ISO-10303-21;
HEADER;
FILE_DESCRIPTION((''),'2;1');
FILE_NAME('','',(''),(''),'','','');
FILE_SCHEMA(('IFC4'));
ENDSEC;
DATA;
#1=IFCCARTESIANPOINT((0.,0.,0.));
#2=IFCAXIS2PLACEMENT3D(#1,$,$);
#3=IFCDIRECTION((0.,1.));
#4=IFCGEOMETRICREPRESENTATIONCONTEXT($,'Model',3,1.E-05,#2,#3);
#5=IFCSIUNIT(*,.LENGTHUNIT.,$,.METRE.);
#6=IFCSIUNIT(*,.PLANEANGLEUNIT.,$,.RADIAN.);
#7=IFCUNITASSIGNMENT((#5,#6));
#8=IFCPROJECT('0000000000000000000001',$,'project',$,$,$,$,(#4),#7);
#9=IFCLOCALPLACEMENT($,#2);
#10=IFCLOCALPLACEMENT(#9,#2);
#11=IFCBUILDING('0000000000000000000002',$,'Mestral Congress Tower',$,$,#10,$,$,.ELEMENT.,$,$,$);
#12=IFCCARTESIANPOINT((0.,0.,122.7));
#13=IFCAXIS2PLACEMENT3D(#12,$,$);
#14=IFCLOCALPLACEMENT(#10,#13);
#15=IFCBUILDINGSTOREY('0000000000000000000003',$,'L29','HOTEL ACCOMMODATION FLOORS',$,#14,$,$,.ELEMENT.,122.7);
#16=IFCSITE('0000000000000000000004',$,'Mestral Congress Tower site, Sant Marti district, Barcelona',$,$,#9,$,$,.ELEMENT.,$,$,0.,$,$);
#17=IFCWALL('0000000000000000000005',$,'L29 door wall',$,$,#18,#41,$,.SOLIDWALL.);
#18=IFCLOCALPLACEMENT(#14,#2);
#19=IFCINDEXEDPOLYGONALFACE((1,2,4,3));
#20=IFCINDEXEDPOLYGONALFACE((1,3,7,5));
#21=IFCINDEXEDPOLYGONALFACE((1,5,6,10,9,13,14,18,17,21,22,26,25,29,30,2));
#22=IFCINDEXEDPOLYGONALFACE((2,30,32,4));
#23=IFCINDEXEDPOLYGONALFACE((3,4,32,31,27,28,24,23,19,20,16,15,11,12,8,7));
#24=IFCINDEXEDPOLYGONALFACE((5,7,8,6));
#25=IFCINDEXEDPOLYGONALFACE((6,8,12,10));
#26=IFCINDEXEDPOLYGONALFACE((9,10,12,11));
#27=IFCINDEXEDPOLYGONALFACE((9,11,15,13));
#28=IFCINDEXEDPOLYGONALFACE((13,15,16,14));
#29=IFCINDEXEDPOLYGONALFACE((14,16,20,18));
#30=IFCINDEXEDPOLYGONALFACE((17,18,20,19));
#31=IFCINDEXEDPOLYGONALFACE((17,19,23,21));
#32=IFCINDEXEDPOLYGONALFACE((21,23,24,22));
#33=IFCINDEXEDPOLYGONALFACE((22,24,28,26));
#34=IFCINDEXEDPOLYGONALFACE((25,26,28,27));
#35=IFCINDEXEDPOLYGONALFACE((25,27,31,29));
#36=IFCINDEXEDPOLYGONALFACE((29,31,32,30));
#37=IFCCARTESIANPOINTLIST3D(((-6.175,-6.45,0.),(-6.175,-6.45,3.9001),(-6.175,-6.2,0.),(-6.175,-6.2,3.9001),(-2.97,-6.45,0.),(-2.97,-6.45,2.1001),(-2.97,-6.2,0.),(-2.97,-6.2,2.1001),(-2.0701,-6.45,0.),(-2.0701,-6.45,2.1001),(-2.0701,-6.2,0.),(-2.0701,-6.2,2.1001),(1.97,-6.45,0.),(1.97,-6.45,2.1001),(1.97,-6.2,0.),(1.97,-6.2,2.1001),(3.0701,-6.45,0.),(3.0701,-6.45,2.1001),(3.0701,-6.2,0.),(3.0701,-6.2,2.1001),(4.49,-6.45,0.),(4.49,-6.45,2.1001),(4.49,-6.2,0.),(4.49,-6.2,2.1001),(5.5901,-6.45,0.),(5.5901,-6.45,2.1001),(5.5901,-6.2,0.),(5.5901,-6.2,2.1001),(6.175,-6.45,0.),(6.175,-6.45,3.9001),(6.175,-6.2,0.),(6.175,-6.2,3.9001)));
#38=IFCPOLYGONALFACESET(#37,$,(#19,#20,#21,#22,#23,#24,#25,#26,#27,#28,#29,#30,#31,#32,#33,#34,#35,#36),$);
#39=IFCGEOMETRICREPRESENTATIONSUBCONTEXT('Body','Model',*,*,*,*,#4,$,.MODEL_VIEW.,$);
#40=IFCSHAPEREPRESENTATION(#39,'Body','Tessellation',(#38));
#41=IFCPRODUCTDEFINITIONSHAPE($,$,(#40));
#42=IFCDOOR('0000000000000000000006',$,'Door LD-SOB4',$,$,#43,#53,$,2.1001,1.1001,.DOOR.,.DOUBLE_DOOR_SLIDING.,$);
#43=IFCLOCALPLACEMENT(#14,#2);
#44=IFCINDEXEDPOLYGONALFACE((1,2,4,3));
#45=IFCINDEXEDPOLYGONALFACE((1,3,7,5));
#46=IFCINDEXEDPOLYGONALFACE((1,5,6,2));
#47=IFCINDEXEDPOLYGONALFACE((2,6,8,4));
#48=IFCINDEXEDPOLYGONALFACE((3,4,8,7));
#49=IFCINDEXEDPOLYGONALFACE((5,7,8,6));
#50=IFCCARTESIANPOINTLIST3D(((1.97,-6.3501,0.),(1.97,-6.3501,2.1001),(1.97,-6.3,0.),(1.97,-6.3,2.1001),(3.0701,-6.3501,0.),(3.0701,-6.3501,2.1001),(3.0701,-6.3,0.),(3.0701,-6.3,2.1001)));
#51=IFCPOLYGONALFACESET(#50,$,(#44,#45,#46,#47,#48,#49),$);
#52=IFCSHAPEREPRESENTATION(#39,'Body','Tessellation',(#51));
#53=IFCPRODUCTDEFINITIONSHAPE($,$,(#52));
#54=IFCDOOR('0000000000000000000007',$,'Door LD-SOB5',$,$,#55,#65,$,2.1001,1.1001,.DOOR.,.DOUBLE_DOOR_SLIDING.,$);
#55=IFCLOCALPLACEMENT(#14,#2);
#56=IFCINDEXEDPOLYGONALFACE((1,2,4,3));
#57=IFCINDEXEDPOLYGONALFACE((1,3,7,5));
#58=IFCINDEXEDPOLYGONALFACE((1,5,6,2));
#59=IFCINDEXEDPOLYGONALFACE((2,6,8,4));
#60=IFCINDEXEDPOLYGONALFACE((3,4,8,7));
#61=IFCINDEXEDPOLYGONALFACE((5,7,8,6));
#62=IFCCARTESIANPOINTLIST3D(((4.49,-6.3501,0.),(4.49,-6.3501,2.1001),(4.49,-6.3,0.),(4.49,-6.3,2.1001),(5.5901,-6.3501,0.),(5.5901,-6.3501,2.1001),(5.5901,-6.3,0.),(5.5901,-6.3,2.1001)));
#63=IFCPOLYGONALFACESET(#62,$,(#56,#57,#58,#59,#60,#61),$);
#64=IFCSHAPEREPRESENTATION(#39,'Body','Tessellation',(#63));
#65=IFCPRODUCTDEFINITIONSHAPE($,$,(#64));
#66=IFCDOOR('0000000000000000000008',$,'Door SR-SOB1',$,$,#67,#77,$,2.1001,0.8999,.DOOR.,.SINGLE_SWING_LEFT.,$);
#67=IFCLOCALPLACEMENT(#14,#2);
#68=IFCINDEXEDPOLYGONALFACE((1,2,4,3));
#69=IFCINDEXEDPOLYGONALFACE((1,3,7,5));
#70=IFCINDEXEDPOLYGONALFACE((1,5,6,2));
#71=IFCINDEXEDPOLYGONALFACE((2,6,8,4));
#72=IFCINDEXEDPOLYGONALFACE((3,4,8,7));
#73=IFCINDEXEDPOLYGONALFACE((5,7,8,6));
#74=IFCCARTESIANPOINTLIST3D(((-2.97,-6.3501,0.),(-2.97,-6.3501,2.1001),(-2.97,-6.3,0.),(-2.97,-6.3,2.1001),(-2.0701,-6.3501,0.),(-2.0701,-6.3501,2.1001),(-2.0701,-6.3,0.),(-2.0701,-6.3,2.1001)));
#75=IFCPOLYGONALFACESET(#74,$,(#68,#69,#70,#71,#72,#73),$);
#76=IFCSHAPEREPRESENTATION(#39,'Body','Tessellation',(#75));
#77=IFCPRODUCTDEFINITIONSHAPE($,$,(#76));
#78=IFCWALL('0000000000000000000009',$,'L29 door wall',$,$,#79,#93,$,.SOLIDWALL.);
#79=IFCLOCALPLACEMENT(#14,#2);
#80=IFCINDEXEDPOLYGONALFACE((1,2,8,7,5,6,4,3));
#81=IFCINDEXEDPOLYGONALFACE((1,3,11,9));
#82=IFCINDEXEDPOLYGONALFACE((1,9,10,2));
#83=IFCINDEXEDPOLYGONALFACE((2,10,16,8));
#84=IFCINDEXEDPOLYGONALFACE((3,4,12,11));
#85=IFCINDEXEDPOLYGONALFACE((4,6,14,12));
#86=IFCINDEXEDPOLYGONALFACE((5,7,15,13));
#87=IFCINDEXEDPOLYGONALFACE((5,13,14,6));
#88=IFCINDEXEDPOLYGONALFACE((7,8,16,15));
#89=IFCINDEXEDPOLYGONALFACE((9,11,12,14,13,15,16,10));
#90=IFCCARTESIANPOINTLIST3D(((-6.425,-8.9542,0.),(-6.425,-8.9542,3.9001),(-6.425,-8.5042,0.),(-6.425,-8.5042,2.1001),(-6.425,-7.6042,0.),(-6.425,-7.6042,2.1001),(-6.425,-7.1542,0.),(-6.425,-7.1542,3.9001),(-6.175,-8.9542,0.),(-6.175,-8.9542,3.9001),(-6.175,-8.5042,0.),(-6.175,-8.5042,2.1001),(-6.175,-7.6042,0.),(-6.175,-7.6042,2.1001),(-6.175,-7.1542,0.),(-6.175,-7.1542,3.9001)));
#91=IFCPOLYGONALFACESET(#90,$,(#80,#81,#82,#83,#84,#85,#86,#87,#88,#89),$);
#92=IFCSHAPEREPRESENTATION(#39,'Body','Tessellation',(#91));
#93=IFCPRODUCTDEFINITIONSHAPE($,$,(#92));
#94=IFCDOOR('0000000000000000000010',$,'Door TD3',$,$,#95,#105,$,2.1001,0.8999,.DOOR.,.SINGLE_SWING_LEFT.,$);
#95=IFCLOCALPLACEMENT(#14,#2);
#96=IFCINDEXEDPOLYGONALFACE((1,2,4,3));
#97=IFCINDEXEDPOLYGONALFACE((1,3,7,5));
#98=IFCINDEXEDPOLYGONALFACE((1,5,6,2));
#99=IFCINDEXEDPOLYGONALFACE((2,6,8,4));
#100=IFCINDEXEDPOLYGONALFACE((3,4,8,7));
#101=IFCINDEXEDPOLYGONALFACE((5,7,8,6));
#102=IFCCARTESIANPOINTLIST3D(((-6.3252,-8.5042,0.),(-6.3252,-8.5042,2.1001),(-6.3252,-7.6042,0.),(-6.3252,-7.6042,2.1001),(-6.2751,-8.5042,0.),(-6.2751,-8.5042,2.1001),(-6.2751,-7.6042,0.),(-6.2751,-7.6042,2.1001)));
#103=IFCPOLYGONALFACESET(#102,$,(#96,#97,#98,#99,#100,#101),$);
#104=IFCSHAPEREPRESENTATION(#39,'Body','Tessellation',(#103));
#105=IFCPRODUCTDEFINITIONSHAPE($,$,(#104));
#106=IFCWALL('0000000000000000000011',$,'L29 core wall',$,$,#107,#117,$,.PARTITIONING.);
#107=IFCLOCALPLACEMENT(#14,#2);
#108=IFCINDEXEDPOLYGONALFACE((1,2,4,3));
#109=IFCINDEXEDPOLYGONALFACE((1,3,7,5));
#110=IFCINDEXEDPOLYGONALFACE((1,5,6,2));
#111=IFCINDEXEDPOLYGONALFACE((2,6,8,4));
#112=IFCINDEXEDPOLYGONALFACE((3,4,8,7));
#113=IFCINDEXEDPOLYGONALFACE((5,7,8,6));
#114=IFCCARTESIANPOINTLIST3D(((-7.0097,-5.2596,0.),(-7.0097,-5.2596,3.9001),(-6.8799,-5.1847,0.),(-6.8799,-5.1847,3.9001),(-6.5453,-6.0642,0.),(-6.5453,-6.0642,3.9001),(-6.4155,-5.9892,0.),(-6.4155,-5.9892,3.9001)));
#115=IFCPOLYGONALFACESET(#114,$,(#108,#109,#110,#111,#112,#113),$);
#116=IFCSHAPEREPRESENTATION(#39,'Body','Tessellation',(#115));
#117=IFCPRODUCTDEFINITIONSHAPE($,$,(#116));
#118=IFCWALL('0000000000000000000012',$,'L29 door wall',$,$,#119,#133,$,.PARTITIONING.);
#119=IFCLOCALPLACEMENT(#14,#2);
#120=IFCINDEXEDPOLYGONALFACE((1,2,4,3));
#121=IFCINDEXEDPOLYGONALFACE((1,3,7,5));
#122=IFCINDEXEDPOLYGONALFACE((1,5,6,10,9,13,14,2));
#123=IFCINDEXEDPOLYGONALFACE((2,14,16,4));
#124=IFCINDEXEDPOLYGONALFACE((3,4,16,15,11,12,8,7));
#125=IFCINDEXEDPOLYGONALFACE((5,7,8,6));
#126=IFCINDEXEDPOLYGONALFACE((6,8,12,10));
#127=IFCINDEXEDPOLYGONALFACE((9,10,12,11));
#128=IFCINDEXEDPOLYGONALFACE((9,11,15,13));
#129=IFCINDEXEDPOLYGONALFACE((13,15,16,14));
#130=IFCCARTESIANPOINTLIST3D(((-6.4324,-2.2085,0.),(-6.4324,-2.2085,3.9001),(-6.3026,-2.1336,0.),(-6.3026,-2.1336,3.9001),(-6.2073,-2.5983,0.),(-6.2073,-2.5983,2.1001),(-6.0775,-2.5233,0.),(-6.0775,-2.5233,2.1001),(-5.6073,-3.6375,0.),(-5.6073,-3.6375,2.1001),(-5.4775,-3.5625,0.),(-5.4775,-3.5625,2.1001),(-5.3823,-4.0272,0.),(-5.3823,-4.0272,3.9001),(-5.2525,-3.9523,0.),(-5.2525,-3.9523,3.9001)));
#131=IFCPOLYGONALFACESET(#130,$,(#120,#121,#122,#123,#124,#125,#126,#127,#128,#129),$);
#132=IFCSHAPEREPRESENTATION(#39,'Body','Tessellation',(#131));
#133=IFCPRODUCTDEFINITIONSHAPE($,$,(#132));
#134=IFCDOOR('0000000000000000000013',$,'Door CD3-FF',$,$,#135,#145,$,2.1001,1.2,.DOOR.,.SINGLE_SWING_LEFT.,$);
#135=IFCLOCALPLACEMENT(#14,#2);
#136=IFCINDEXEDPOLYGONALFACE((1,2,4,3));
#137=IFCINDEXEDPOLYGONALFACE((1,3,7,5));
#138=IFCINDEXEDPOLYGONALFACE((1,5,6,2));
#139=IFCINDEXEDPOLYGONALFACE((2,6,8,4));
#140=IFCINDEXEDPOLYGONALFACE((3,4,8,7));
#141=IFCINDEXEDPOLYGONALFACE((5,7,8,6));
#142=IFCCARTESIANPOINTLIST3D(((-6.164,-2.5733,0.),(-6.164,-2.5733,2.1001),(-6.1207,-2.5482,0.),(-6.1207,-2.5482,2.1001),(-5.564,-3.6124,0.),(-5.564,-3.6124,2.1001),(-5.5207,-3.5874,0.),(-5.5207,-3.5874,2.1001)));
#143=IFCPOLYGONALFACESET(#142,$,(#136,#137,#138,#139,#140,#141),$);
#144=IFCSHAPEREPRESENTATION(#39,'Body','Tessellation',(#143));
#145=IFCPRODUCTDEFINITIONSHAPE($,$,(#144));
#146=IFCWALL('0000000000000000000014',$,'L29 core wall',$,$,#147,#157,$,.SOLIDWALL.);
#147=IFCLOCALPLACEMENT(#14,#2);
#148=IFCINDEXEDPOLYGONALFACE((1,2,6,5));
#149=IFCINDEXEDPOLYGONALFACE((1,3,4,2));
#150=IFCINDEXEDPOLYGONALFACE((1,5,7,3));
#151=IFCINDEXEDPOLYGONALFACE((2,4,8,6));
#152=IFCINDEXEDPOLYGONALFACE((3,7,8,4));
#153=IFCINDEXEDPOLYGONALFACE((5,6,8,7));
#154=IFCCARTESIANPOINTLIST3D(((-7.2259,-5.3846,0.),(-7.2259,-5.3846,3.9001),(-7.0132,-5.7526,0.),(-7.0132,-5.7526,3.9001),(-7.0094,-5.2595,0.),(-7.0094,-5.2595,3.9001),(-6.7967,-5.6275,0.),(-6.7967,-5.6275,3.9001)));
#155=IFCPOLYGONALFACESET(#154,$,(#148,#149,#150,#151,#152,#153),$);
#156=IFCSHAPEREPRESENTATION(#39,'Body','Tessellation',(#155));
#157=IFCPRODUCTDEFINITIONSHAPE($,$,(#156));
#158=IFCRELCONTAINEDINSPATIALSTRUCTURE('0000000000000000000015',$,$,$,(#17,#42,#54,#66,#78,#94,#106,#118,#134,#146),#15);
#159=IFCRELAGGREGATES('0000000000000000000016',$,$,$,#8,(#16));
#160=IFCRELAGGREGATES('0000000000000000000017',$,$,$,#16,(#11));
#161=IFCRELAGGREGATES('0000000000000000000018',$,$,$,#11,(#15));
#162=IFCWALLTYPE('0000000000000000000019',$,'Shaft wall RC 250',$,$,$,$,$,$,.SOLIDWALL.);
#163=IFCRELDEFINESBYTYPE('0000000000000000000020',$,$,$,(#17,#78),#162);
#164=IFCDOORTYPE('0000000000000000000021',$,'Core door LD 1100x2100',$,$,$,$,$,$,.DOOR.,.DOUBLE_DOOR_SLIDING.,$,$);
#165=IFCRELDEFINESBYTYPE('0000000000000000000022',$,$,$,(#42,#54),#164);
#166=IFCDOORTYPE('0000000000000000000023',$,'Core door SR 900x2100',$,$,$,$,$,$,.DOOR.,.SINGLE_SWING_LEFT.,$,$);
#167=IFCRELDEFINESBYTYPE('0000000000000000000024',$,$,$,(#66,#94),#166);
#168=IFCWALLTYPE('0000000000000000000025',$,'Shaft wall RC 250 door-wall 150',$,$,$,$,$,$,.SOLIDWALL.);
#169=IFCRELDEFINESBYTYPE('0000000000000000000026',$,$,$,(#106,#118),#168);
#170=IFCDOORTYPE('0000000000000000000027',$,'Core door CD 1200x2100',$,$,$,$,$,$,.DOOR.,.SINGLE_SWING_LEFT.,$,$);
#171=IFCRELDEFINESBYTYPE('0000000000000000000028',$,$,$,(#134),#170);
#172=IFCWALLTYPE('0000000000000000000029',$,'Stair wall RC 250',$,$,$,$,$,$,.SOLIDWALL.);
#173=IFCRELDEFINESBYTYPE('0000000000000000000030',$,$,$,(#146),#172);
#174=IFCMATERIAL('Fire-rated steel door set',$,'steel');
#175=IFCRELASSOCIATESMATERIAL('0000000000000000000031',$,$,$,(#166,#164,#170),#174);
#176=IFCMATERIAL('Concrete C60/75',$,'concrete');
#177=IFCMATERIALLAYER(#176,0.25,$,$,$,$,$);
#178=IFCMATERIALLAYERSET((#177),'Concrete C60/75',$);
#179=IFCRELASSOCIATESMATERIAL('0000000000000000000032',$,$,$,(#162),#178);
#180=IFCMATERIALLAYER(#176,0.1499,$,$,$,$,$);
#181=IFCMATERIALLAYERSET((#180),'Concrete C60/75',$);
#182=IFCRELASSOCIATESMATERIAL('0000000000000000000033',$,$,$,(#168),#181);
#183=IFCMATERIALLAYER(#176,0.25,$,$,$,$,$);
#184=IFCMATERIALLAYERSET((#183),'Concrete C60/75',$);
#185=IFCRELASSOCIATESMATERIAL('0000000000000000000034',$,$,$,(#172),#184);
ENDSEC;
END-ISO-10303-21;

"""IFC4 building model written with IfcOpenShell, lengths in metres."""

from ifc_helpers import new_model, si_unit, direction, frame, frame_2d, origin, place, context, subcontext, project, spatial, rectangle, extrude, material, layer, layer_set, type_object, element, fill, save


model = new_model("IFC4")

# Units and contexts
model_context = context("Model", 3, precision=1e-05, world=origin(), true_north=direction((0.0, 1.0)))
body_context = subcontext(model_context, "Body", "Model", "MODEL_VIEW")
ifc_project = project(units=[si_unit("LENGTHUNIT", "METRE"), si_unit("PLANEANGLEUNIT", "RADIAN")], contexts=[model_context])

# Site, building, storey
site_placement = place(None, origin())
site = spatial("IfcSite", under=ifc_project, at=site_placement, Name="Mestral Congress Tower site, Sant Marti district, Barcelona", CompositionType="ELEMENT", RefElevation=0.0)
building_placement = place(site_placement, origin())
building = spatial("IfcBuilding", under=site, at=building_placement, Name="Mestral Congress Tower", CompositionType="ELEMENT")
storey_placement = place(building_placement, frame((0.0, 0.0, 122.7)))
storey = spatial("IfcBuildingStorey", under=building, at=storey_placement, Name="L29", Description="HOTEL ACCOMMODATION FLOORS", CompositionType="ELEMENT", Elevation=122.7)

# Shared definitions
ifc_material_1 = material(Name="Fire-rated steel door set", Category="steel")
door_type_1 = type_object("IfcDoorType", Name="Core door SR 900x2100", OperationType="SINGLE_SWING_LEFT", PredefinedType="DOOR", material=ifc_material_1)

# Shared definitions
ifc_material_2 = material(Name="Concrete C60/75", Category="concrete")
ifc_layer_1 = layer(ifc_material_2, 0.25)
ifc_layer_set_1 = layer_set([ifc_layer_1], Name="Concrete C60/75")
wall_type_1 = type_object("IfcWallType", Name="Shaft wall RC 250", PredefinedType="SOLIDWALL", material=ifc_layer_set_1)

# Wall, openings, doors
door_type_2 = type_object("IfcDoorType", Name="Core door LD 1100x2100", OperationType="DOUBLE_DOOR_SLIDING", PredefinedType="DOOR", material=ifc_material_1)
wall_1_placement = place(storey_placement, frame((-6.175, -6.325, 0.0), z_axis=(0.0, 0.0, 1.0), x_axis=(1.0, 0.0, 0.0)))
wall_1 = element("IfcWall", 1, at=wall_1_placement, inside=storey, type_object=wall_type_1, Name="L29 door wall", PredefinedType="SOLIDWALL", context=body_context, shape_type="SweptSolid", body=[
    extrude(rectangle(XDim=12.3501, YDim=0.25, at=frame_2d((6.175, 0.0))), origin(), (0.0, 0.0, 1.0), 3.9001),
])
opening_1_placement = place(wall_1_placement, frame((3.2051, 0.0, 0.0)))
opening_1 = element("IfcOpeningElement", 2, at=opening_1_placement, cuts=wall_1, PredefinedType="OPENING", context=body_context, shape_type="SweptSolid", body=[
    extrude(rectangle(XDim=0.8999, YDim=2.1001, at=frame_2d((0.45, 1.05))), frame((0.0, 0.135, 0.0), z_axis=(0.0, -1.0, 0.0), x_axis=(1.0, 0.0, 0.0)), (0.0, 0.0, 1.0), 0.27),
])
opening_2_placement = place(wall_1_placement, frame((8.145, 0.0, 0.0)))
opening_2 = element("IfcOpeningElement", 3, at=opening_2_placement, cuts=wall_1, PredefinedType="OPENING", context=body_context, shape_type="SweptSolid", body=[
    extrude(rectangle(XDim=1.1001, YDim=2.1001, at=frame_2d((0.55, 1.05))), frame((0.0, 0.135, 0.0), z_axis=(0.0, -1.0, 0.0), x_axis=(1.0, 0.0, 0.0)), (0.0, 0.0, 1.0), 0.27),
])
opening_3_placement = place(wall_1_placement, frame((10.665, 0.0, 0.0)))
opening_3 = element("IfcOpeningElement", 4, at=opening_3_placement, cuts=wall_1, PredefinedType="OPENING", context=body_context, shape_type="SweptSolid", body=[
    extrude(rectangle(XDim=1.1001, YDim=2.1001, at=frame_2d((0.55, 1.05))), frame((0.0, 0.135, 0.0), z_axis=(0.0, -1.0, 0.0), x_axis=(1.0, 0.0, 0.0)), (0.0, 0.0, 1.0), 0.27),
])
door_1_placement = place(opening_2_placement, origin())
door_1 = element("IfcDoor", 5, at=door_1_placement, inside=storey, type_object=door_type_2, Name="Door LD-SOB4", OperationType="DOUBLE_DOOR_SLIDING", OverallHeight=2.1001, OverallWidth=1.1001, PredefinedType="DOOR", context=body_context, shape_type="SweptSolid", body=[
    extrude(rectangle(XDim=1.1001, YDim=2.1001, at=frame_2d((0.55, 1.05))), frame((0.0, 0.0249, 0.0), z_axis=(0.0, -1.0, 0.0), x_axis=(1.0, 0.0, 0.0)), (0.0, 0.0, 1.0), 0.05),
])
fill(opening_2, door_1)
door_2_placement = place(opening_3_placement, origin())
door_2 = element("IfcDoor", 6, at=door_2_placement, inside=storey, type_object=door_type_2, Name="Door LD-SOB5", OperationType="DOUBLE_DOOR_SLIDING", OverallHeight=2.1001, OverallWidth=1.1001, PredefinedType="DOOR", context=body_context, shape_type="SweptSolid", body=[
    extrude(rectangle(XDim=1.1001, YDim=2.1001, at=frame_2d((0.55, 1.05))), frame((0.0, 0.0249, 0.0), z_axis=(0.0, -1.0, 0.0), x_axis=(1.0, 0.0, 0.0)), (0.0, 0.0, 1.0), 0.05),
])
fill(opening_3, door_2)
door_3_placement = place(opening_1_placement, origin())
door_3 = element("IfcDoor", 7, at=door_3_placement, inside=storey, type_object=door_type_1, Name="Door SR-SOB1", OperationType="SINGLE_SWING_LEFT", OverallHeight=2.1001, OverallWidth=0.8999, PredefinedType="DOOR", context=body_context, shape_type="SweptSolid", body=[
    extrude(rectangle(XDim=0.8999, YDim=2.1001, at=frame_2d((0.45, 1.05))), frame((0.0, 0.0249, 0.0), z_axis=(0.0, -1.0, 0.0), x_axis=(1.0, 0.0, 0.0)), (0.0, 0.0, 1.0), 0.05),
])
fill(opening_1, door_3)

# Wall, opening, door
wall_2_placement = place(storey_placement, frame((-6.3, -7.1543, 0.0), z_axis=(0.0, 0.0, 1.0), x_axis=(0.0, -1.0, 0.0)))
wall_2 = element("IfcWall", 8, at=wall_2_placement, inside=storey, type_object=wall_type_1, Name="L29 door wall", PredefinedType="SOLIDWALL", context=body_context, shape_type="SweptSolid", body=[
    extrude(rectangle(XDim=1.8, YDim=0.25, at=frame_2d((0.8999, 0.0))), origin(), (0.0, 0.0, 1.0), 3.9001),
])
opening_4_placement = place(wall_2_placement, frame((0.45, 0.0, 0.0)))
opening_4 = element("IfcOpeningElement", 9, at=opening_4_placement, cuts=wall_2, PredefinedType="OPENING", context=body_context, shape_type="SweptSolid", body=[
    extrude(rectangle(XDim=0.8999, YDim=2.1001, at=frame_2d((0.45, 1.05))), frame((0.0, 0.135, 0.0), z_axis=(0.0, -1.0, 0.0), x_axis=(1.0, 0.0, 0.0)), (0.0, 0.0, 1.0), 0.27),
])
door_4_placement = place(opening_4_placement, origin())
door_4 = element("IfcDoor", 10, at=door_4_placement, inside=storey, type_object=door_type_1, Name="Door TD3", OperationType="SINGLE_SWING_LEFT", OverallHeight=2.1001, OverallWidth=0.8999, PredefinedType="DOOR", context=body_context, shape_type="SweptSolid", body=[
    extrude(rectangle(XDim=0.8999, YDim=2.1001, at=frame_2d((0.45, 1.05))), frame((0.0, 0.0249, 0.0), z_axis=(0.0, -1.0, 0.0), x_axis=(1.0, 0.0, 0.0)), (0.0, 0.0, 1.0), 0.05),
])
fill(opening_4, door_4)

# Wall
ifc_layer_2 = layer(ifc_material_2, 0.1499)
ifc_layer_set_2 = layer_set([ifc_layer_2], Name="Concrete C60/75")
wall_type_2 = type_object("IfcWallType", Name="Shaft wall RC 250 door-wall 150", PredefinedType="SOLIDWALL", material=ifc_layer_set_2)
wall_3_placement = place(storey_placement, frame((-6.4805, -6.0266, 0.0), z_axis=(0.0, 0.0, 1.0), x_axis=(-0.499927, 0.866067, 0.0)))
element("IfcWall", 11, at=wall_3_placement, inside=storey, type_object=wall_type_2, Name="L29 core wall", PredefinedType="PARTITIONING", context=body_context, shape_type="SweptSolid", body=[
    extrude(rectangle(XDim=0.929, YDim=0.1499, at=frame_2d((0.4644, 0.0))), origin(), (0.0, 0.0, 1.0), 3.9001),
])

# Wall, opening, door
wall_4_placement = place(storey_placement, frame((-5.3174, -3.9897, 0.0), z_axis=(0.0, 0.0, 1.0), x_axis=(-0.500028, 0.866009, 0.0)))
wall_4 = element("IfcWall", 12, at=wall_4_placement, inside=storey, type_object=wall_type_2, Name="L29 door wall", PredefinedType="PARTITIONING", context=body_context, shape_type="SweptSolid", body=[
    extrude(rectangle(XDim=2.1001, YDim=0.1499, at=frame_2d((1.05, 0.0))), origin(), (0.0, 0.0, 1.0), 3.9001),
])
opening_5_placement = place(wall_4_placement, frame((0.45, 0.0, 0.0)))
opening_5 = element("IfcOpeningElement", 13, at=opening_5_placement, cuts=wall_4, PredefinedType="OPENING", context=body_context, shape_type="SweptSolid", body=[
    extrude(rectangle(XDim=1.2, YDim=2.1001, at=frame_2d((0.6001, 1.05))), frame((0.0, 0.085, 0.0), z_axis=(0.0, -1.0, 0.0), x_axis=(1.0, 0.0, 0.0)), (0.0, 0.0, 1.0), 0.1699),
])
door_type_3 = type_object("IfcDoorType", Name="Core door CD 1200x2100", OperationType="SINGLE_SWING_LEFT", PredefinedType="DOOR", material=ifc_material_1)
door_5_placement = place(opening_5_placement, origin())
door_5 = element("IfcDoor", 14, at=door_5_placement, inside=storey, type_object=door_type_3, Name="Door CD3-FF", OperationType="SINGLE_SWING_LEFT", OverallHeight=2.1001, OverallWidth=1.2, PredefinedType="DOOR", context=body_context, shape_type="SweptSolid", body=[
    extrude(rectangle(XDim=1.2, YDim=2.1001, at=frame_2d((0.6001, 1.05))), frame((0.0, 0.0249, 0.0), z_axis=(0.0, -1.0, 0.0), x_axis=(1.0, 0.0, 0.0)), (0.0, 0.0, 1.0), 0.05),
])
fill(opening_5, door_5)

# Wall
ifc_layer_3 = layer(ifc_material_2, 0.25)
ifc_layer_set_3 = layer_set([ifc_layer_3], Name="Concrete C60/75")
wall_type_3 = type_object("IfcWallType", Name="Stair wall RC 250", PredefinedType="SOLIDWALL", material=ifc_layer_set_3)
wall_5_placement = place(storey_placement, frame((-6.905, -5.6899, 0.0), z_axis=(0.0, 0.0, 1.0), x_axis=(-0.500402, 0.865793, 0.0)))
element("IfcWall", 15, at=wall_5_placement, inside=storey, type_object=wall_type_3, Name="L29 core wall", PredefinedType="SOLIDWALL", context=body_context, shape_type="SweptSolid", body=[
    extrude(rectangle(XDim=0.425, YDim=0.25, at=frame_2d((0.2124, 0.0))), origin(), (0.0, 0.0, 1.0), 3.9001),
])

save(model, "model.ifc")
